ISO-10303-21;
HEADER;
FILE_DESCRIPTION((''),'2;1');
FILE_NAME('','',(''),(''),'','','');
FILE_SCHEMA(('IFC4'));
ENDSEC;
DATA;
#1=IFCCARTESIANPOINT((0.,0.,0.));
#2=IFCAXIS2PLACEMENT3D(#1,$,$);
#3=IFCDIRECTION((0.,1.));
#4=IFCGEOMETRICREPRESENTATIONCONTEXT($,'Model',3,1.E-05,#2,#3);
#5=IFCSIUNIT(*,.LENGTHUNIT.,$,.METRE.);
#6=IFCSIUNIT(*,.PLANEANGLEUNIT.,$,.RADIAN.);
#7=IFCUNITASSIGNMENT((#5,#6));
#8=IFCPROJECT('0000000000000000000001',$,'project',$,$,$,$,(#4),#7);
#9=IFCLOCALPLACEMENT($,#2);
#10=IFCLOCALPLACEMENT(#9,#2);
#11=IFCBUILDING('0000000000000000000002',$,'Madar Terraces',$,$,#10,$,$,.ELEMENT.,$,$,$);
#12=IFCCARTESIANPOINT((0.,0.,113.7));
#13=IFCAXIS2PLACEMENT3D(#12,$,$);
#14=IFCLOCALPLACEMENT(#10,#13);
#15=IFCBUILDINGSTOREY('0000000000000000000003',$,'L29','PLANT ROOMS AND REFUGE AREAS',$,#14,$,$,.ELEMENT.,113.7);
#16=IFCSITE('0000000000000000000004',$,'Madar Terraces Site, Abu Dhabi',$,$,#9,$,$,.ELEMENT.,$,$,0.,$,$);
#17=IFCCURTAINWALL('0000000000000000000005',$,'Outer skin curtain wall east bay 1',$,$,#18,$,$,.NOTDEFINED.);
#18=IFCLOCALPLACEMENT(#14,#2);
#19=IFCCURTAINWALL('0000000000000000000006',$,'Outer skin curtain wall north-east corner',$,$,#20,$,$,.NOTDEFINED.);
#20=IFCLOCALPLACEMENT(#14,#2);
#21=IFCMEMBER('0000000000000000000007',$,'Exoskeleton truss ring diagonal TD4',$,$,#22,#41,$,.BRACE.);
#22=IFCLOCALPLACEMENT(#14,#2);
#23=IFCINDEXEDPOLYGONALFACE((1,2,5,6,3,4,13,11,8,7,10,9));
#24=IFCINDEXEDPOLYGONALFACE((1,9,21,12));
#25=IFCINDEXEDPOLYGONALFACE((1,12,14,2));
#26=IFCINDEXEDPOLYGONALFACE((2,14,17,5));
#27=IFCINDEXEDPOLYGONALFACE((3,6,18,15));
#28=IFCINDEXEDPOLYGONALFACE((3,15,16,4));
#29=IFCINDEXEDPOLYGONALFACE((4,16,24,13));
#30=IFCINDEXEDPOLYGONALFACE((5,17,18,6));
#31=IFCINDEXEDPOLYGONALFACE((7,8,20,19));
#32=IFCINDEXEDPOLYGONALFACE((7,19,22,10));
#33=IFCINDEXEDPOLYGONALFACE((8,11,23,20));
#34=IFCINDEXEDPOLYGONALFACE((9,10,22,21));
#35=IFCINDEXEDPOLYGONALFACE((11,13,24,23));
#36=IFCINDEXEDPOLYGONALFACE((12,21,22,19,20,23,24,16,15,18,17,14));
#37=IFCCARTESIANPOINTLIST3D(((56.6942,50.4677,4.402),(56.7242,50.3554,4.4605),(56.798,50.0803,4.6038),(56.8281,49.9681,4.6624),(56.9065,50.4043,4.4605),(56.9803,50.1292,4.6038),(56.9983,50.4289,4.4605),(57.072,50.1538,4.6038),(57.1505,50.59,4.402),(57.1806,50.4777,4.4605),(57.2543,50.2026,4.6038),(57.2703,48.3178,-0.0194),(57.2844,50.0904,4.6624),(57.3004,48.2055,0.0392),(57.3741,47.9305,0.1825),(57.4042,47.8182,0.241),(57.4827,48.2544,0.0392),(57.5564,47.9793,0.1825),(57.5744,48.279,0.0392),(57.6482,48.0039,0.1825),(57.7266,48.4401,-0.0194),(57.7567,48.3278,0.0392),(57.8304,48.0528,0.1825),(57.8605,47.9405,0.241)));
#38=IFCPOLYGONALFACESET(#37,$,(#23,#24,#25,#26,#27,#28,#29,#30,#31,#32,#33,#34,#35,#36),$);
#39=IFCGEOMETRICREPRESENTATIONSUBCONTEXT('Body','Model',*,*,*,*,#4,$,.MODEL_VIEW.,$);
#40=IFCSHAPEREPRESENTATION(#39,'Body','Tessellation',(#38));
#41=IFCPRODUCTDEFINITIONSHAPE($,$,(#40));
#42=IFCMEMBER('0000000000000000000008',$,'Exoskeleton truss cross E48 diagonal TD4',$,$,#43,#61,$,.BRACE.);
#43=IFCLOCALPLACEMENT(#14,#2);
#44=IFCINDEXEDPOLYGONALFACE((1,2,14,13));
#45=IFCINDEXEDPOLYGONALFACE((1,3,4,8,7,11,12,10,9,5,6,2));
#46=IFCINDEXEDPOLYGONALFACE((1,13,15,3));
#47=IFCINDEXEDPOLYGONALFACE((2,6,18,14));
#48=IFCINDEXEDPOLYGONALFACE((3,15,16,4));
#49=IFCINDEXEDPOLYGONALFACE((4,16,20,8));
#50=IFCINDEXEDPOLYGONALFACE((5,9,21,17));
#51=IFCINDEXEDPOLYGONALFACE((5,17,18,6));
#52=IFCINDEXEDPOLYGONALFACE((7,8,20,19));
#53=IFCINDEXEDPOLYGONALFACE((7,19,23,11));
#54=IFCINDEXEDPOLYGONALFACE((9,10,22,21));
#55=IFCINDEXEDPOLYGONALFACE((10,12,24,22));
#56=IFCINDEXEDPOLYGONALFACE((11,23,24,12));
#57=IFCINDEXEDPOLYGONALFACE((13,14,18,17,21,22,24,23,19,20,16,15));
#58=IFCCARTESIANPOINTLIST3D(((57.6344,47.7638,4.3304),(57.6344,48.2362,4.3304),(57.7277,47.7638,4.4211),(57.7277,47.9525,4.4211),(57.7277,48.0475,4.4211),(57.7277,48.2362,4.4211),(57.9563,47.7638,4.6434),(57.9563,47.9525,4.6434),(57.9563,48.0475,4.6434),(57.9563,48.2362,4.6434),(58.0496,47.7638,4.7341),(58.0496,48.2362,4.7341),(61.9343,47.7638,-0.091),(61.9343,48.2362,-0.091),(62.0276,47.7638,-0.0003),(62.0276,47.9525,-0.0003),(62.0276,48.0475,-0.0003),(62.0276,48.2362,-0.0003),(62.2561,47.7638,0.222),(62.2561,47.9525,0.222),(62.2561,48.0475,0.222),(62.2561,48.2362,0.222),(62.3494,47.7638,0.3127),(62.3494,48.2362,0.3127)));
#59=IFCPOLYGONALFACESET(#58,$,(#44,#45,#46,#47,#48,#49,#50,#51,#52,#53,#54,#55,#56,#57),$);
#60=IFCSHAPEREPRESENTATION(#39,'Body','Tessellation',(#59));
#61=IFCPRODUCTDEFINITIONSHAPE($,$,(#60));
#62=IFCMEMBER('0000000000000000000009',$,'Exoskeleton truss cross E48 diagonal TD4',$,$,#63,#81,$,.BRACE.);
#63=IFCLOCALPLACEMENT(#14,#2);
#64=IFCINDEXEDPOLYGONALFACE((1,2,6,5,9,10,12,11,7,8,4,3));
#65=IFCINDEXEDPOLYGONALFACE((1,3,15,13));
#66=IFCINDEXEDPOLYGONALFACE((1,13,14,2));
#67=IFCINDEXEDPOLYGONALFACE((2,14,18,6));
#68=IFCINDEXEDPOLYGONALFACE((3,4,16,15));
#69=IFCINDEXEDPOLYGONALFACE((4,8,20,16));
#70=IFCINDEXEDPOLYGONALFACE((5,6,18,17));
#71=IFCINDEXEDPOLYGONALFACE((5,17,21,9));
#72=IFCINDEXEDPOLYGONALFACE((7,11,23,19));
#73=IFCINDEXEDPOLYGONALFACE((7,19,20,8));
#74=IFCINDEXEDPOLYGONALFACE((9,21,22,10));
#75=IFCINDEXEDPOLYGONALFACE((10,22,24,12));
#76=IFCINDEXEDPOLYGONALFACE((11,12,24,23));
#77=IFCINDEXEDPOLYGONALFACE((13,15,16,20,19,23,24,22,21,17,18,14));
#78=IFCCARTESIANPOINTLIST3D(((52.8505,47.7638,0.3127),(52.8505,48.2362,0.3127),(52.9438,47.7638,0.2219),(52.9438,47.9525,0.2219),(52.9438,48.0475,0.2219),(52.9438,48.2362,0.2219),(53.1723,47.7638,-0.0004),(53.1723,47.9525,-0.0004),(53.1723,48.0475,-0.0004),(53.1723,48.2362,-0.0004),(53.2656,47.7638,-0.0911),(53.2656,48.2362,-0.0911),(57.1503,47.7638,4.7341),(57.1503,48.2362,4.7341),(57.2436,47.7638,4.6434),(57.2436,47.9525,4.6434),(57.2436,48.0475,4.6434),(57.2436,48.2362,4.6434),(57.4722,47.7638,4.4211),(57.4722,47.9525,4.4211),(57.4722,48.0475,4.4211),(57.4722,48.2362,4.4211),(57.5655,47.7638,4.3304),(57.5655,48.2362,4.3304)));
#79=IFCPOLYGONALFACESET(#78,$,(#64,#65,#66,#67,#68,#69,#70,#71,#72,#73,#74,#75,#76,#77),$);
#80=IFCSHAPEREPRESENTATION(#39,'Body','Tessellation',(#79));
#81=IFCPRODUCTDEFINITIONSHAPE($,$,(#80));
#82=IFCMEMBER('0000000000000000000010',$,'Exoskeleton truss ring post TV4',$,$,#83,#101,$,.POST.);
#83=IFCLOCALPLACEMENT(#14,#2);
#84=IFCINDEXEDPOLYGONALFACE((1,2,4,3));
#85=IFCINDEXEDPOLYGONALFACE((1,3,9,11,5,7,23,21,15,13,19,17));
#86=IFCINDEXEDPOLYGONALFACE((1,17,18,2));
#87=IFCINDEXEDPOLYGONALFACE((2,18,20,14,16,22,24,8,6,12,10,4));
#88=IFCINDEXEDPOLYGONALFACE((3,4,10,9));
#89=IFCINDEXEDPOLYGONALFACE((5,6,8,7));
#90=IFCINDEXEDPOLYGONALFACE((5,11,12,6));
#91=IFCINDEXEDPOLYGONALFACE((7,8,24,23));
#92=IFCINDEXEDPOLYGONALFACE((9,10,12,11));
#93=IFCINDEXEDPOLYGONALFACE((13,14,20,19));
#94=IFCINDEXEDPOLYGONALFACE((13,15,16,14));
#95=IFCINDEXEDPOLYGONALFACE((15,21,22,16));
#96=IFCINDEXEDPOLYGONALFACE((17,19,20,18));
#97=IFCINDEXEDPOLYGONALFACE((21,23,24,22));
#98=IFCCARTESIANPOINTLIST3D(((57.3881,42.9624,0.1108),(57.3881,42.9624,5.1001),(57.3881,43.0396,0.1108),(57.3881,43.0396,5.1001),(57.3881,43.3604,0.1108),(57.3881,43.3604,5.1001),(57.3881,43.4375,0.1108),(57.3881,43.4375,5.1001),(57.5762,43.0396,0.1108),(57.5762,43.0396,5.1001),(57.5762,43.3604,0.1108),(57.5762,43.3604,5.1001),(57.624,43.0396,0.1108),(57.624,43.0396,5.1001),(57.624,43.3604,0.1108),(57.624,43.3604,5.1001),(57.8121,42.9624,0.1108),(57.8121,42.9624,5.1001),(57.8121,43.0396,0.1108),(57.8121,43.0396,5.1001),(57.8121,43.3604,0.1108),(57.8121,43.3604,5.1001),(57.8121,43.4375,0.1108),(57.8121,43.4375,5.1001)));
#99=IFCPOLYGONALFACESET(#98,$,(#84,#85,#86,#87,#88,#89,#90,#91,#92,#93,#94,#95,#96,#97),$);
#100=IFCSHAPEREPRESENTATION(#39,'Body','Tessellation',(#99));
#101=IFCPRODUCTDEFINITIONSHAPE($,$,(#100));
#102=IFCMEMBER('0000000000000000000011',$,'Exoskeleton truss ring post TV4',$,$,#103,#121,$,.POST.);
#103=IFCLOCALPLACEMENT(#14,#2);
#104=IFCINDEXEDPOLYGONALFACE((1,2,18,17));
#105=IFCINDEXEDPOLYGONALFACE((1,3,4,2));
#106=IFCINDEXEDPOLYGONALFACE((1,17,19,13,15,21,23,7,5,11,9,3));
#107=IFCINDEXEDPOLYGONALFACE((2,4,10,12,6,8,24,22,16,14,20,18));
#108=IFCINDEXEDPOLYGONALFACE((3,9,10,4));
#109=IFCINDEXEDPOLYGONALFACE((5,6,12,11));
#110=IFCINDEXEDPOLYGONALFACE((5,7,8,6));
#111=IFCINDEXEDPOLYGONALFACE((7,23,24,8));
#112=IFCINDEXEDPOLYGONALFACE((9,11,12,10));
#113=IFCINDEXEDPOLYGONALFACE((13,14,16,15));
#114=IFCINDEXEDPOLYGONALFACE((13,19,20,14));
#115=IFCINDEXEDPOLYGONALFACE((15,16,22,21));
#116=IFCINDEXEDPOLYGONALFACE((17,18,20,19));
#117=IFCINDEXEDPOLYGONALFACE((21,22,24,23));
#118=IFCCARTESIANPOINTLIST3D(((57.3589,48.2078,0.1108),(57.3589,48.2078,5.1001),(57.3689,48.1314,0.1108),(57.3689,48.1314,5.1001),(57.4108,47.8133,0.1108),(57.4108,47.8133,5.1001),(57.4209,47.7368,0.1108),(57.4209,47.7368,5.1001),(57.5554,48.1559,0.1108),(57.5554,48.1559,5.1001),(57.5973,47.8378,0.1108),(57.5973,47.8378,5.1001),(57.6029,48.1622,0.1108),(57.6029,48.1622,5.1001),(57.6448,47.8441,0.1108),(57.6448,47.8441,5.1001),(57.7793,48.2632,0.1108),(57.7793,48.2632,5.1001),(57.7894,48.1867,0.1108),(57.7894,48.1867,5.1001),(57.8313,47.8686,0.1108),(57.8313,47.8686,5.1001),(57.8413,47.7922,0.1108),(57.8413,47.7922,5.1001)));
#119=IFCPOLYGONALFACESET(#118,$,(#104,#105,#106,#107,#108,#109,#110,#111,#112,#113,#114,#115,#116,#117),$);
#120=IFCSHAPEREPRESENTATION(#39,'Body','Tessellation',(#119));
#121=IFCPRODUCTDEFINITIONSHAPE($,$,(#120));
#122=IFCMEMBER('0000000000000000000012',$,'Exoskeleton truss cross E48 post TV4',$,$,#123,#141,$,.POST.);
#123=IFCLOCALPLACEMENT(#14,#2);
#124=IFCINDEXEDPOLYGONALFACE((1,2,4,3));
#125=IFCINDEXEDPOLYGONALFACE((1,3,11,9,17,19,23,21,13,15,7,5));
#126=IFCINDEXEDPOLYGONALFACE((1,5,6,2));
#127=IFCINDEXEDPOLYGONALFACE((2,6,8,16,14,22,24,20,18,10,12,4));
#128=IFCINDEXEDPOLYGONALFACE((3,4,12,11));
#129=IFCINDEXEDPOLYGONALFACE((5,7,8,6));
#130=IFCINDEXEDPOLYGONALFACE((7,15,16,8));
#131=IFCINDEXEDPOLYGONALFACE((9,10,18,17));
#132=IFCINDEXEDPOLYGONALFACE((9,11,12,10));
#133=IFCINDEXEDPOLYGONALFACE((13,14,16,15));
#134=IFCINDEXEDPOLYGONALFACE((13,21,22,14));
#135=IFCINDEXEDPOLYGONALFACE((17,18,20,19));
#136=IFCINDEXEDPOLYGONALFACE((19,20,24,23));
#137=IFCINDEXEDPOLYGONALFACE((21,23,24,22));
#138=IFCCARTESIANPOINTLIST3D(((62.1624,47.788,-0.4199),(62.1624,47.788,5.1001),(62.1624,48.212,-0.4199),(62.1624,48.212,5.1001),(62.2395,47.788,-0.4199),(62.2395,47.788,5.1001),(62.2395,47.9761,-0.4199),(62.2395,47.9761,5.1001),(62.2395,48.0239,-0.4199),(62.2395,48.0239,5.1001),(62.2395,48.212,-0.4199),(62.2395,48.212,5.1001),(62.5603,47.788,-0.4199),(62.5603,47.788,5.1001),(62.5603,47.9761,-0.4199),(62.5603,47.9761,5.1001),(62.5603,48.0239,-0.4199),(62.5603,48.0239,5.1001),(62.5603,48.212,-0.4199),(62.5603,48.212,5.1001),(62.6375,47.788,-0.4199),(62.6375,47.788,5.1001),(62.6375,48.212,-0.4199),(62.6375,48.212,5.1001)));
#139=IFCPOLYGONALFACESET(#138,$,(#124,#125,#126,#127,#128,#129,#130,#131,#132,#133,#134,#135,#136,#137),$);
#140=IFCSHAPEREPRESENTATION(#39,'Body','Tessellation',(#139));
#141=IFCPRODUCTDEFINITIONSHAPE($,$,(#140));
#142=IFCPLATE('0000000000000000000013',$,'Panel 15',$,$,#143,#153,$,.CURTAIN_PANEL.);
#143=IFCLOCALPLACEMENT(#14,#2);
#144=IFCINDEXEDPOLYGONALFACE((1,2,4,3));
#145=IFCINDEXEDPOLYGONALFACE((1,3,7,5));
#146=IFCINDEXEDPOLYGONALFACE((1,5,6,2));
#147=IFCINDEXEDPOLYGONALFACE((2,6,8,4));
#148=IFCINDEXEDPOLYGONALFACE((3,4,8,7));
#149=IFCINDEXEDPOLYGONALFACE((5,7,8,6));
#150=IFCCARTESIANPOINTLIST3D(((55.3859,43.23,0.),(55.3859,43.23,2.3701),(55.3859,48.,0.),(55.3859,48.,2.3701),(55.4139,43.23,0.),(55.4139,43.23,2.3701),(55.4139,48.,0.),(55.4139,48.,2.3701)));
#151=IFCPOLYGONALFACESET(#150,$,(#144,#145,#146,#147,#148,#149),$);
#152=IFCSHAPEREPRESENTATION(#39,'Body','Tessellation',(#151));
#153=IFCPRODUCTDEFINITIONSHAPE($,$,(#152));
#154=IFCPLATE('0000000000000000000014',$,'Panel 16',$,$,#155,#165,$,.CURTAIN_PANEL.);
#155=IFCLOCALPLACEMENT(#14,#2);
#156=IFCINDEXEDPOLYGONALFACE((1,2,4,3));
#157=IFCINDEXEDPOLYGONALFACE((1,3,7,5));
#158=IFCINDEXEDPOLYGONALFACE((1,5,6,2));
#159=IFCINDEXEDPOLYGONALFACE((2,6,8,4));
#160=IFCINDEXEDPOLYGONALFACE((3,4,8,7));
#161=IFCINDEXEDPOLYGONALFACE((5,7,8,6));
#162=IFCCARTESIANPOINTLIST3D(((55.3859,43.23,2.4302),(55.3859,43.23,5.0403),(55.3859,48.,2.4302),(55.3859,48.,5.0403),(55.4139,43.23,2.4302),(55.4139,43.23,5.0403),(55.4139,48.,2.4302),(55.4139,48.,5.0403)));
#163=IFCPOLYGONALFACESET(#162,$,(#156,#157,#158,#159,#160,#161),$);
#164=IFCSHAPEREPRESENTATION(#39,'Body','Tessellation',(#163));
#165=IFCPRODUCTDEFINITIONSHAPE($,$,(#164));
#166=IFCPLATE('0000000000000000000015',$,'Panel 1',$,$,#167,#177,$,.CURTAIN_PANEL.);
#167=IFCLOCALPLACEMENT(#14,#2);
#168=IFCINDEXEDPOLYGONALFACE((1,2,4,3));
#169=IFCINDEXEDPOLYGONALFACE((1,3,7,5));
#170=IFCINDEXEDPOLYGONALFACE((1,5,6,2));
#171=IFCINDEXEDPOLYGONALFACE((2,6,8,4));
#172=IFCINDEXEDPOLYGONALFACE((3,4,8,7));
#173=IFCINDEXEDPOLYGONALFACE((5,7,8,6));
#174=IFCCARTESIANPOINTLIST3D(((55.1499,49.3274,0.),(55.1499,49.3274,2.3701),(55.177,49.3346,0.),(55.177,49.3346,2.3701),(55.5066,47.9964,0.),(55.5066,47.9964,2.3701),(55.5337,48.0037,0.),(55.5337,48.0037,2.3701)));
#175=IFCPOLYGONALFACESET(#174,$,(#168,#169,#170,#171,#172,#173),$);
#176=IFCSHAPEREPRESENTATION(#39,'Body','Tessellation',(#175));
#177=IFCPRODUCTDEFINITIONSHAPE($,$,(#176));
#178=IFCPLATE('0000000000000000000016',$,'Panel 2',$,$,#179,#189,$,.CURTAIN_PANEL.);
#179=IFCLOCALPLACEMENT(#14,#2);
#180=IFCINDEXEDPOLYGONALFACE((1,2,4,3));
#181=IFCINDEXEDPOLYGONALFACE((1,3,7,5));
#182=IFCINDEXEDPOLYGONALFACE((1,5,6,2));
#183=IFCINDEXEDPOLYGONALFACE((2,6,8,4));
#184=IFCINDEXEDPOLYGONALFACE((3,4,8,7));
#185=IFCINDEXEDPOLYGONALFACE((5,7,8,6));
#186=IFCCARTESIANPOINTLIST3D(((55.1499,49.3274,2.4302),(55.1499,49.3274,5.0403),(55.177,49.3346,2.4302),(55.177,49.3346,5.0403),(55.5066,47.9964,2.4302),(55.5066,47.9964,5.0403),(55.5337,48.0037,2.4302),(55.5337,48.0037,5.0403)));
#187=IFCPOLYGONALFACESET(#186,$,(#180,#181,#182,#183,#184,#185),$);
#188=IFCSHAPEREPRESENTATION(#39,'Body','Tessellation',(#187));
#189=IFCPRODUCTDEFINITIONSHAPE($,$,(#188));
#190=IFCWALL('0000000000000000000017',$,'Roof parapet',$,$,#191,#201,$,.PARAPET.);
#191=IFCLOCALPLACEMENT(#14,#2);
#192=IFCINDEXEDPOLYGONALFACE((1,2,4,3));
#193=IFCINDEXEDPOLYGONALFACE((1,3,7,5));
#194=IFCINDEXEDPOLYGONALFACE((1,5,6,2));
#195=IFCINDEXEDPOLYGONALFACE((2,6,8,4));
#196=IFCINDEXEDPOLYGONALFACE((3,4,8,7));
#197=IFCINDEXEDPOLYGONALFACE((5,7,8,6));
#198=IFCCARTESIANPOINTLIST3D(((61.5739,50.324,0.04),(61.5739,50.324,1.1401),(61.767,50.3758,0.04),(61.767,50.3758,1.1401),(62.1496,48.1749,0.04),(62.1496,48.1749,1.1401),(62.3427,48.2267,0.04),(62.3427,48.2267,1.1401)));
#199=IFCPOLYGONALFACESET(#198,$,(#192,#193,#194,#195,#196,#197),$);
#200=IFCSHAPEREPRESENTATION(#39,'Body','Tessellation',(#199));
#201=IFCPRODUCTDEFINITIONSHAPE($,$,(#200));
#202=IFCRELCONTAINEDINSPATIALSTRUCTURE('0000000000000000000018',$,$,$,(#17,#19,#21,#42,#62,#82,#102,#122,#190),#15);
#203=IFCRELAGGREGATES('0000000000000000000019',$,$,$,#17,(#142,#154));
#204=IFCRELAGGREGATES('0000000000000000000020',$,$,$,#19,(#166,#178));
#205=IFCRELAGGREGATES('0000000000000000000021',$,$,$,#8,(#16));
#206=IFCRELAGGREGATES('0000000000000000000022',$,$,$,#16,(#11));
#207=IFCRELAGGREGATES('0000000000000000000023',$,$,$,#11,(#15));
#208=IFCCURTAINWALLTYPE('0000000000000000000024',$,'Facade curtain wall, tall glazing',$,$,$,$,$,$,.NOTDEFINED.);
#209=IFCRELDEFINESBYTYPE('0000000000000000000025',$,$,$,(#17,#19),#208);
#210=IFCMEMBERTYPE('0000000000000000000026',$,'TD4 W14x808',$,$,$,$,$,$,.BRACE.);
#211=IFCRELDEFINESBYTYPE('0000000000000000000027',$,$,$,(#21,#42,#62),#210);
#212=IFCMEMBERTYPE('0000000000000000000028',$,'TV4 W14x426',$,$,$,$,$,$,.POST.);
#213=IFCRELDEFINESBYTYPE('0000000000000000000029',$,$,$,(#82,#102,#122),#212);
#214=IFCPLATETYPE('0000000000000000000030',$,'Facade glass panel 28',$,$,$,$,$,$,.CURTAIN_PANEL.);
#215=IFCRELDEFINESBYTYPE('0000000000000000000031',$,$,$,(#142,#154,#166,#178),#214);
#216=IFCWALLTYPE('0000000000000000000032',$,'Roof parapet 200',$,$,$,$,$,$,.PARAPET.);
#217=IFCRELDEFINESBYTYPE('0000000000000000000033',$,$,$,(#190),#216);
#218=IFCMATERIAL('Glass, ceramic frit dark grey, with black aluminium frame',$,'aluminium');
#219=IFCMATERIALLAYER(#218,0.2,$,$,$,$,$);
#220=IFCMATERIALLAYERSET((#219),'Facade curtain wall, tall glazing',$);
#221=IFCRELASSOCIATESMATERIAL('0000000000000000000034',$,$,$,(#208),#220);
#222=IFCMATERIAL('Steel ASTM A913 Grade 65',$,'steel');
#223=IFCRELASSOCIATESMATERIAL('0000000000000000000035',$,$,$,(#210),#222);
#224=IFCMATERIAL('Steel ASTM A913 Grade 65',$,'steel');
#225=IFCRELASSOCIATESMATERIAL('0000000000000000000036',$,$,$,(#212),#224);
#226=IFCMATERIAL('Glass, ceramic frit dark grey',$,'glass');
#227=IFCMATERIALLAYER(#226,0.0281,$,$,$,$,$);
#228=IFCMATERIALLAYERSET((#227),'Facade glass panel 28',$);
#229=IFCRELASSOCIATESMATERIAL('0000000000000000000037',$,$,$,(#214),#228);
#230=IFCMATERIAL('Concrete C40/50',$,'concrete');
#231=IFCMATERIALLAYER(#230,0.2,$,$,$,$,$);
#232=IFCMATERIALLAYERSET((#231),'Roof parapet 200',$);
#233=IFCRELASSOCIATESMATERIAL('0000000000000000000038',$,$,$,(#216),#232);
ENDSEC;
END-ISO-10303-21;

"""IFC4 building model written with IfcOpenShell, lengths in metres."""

from ifc_helpers import new_model, si_unit, direction, frame, frame_2d, origin, origin_2d, place, context, subcontext, project, spatial, rectangle, i_section, extrude, material, layer, layer_set, material_profile, profile_set, type_object, element, aggregate, save


model = new_model("IFC4")

# Units and contexts
model_context = context("Model", 3, precision=1e-05, world=origin(), true_north=direction((0.0, 1.0)))
body_context = subcontext(model_context, "Body", "Model", "MODEL_VIEW")
ifc_project = project(units=[si_unit("LENGTHUNIT", "METRE"), si_unit("PLANEANGLEUNIT", "RADIAN")], contexts=[model_context])

# Site, building, storey
site_placement = place(None, origin())
site = spatial("IfcSite", under=ifc_project, at=site_placement, Name="Madar Terraces Site, Abu Dhabi", CompositionType="ELEMENT", RefElevation=0.0)
building_placement = place(site_placement, origin())
building = spatial("IfcBuilding", under=site, at=building_placement, Name="Madar Terraces", CompositionType="ELEMENT")
storey_placement = place(building_placement, frame((0.0, 0.0, 113.7)))
storey = spatial("IfcBuildingStorey", under=building, at=storey_placement, Name="L29", Description="PLANT ROOMS AND REFUGE AREAS", CompositionType="ELEMENT", Elevation=113.7)

# Curtain wall
ifc_material_1 = material(Name="Glass, ceramic frit dark grey, with black aluminium frame", Category="aluminium")
ifc_layer_1 = layer(ifc_material_1, 0.2)
ifc_layer_set_1 = layer_set([ifc_layer_1], Name="Facade curtain wall, tall glazing")
curtain_wall_type = type_object("IfcCurtainWallType", Name="Facade curtain wall, tall glazing", PredefinedType="NOTDEFINED", material=ifc_layer_set_1)
curtain_wall_1_placement = place(storey_placement, origin())
curtain_wall_1 = element("IfcCurtainWall", 1, at=curtain_wall_1_placement, inside=storey, type_object=curtain_wall_type, Name="Outer skin curtain wall east bay 1", PredefinedType="NOTDEFINED")

# Curtain wall
curtain_wall_2_placement = place(storey_placement, origin())
curtain_wall_2 = element("IfcCurtainWall", 2, at=curtain_wall_2_placement, inside=storey, type_object=curtain_wall_type, Name="Outer skin curtain wall north-east corner", PredefinedType="NOTDEFINED")

# Members
ifc_material_2 = material(Name="Steel ASTM A913 Grade 65", Category="steel")
ifc_material_profile_1 = material_profile(ifc_material_2, i_section(OverallWidth=0.4724, OverallDepth=0.5791, WebThickness=0.095, FlangeThickness=0.1301, at=origin_2d()), Name="W14x808")
ifc_profile_set_1 = profile_set([ifc_material_profile_1], Name="Steel ASTM A913 Grade 65")
member_type_1 = type_object("IfcMemberType", Name="TD4 W14x808", PredefinedType="BRACE", material=ifc_profile_set_1)
member_1_placement = place(storey_placement, frame((57.5654, 48.1292, 0.1108), z_axis=(-0.116398, 0.434322, 0.893206), x_axis=(-0.965914, -0.258864, 0.0)))
element("IfcMember", 3, at=member_1_placement, inside=storey, type_object=member_type_1, Name="Exoskeleton truss ring diagonal TD4", PredefinedType="BRACE", context=body_context, shape_type="SweptSolid", body=[
    extrude(i_section(OverallWidth=0.4724, OverallDepth=0.5791, WebThickness=0.095, FlangeThickness=0.1301, at=origin_2d()), origin(), (0.0, 0.0, 1.0), 4.95),
])
for number, where, z_axis, x_axis, name in (
    (4, (62.1418, 48.0, 0.1108), (-0.697181, 0.0, 0.716895), (0.0, -1.0, 0.0), "Exoskeleton truss cross E48 diagonal TD4"),
    (5, (57.3579, 48.0, 4.5322), (-0.697181, 0.0, -0.716895), (0.0, -1.0, 0.0), "Exoskeleton truss cross E48 diagonal TD4"),
):
    element("IfcMember", number, at=place(storey_placement, frame(where, z_axis=z_axis, x_axis=x_axis)), inside=storey, type_object=member_type_1, Name=name, PredefinedType="BRACE", context=body_context, shape_type="SweptSolid", body=[
        extrude(i_section(OverallWidth=0.4724, OverallDepth=0.5791, WebThickness=0.095, FlangeThickness=0.1301, at=origin_2d()), origin(), (0.0, 0.0, 1.0), 6.1675),
    ])
ifc_material_3 = material(Name="Steel ASTM A913 Grade 65", Category="steel")
ifc_material_profile_2 = material_profile(ifc_material_3, i_section(OverallWidth=0.4241, OverallDepth=0.4751, WebThickness=0.0479, FlangeThickness=0.0771, at=origin_2d()), Name="W14x426")
ifc_profile_set_2 = profile_set([ifc_material_profile_2], Name="Steel ASTM A913 Grade 65")
member_type_2 = type_object("IfcMemberType", Name="TV4 W14x426", PredefinedType="POST", material=ifc_profile_set_2)
for number, where, z_axis, x_axis, name in (
    (6, (57.6001, 43.2, 0.1108), (0.0, 0.0, 1.0), (-1.0, 0.0, 0.0), "Exoskeleton truss ring post TV4"),
    (7, (57.6001, 48.0, 0.1108), (0.0, 0.0, 1.0), (-0.991445, -0.130526, 0.0), "Exoskeleton truss ring post TV4"),
):
    element("IfcMember", number, at=place(storey_placement, frame(where, z_axis=z_axis, x_axis=x_axis)), inside=storey, type_object=member_type_2, Name=name, PredefinedType="POST", context=body_context, shape_type="SweptSolid", body=[
        extrude(i_section(OverallWidth=0.4241, OverallDepth=0.4751, WebThickness=0.0479, FlangeThickness=0.0771, at=origin_2d()), origin(), (0.0, 0.0, 1.0), 4.9893),
    ])
member_2_placement = place(storey_placement, frame((62.3999, 48.0, -0.4199), z_axis=(0.0, 0.0, 1.0), x_axis=(0.0, 1.0, 0.0)))
element("IfcMember", 8, at=member_2_placement, inside=storey, type_object=member_type_2, Name="Exoskeleton truss cross E48 post TV4", PredefinedType="POST", context=body_context, shape_type="SweptSolid", body=[
    extrude(i_section(OverallWidth=0.4241, OverallDepth=0.4751, WebThickness=0.0479, FlangeThickness=0.0771, at=origin_2d()), origin(), (0.0, 0.0, 1.0), 5.52),
])

# Plates
ifc_material_4 = material(Name="Glass, ceramic frit dark grey", Category="glass")
ifc_layer_2 = layer(ifc_material_4, 0.0281)
ifc_layer_set_2 = layer_set([ifc_layer_2], Name="Facade glass panel 28")
plate_type = type_object("IfcPlateType", Name="Facade glass panel 28", PredefinedType="CURTAIN_PANEL", material=ifc_layer_set_2)
plate_1_placement = place(storey_placement, frame((55.3999, 45.615, 0.0), z_axis=(0.0, 0.0, 1.0), x_axis=(0.0, 1.0, 0.0)))
plate_1 = element("IfcPlate", 9, at=plate_1_placement, type_object=plate_type, Name="Panel 15", PredefinedType="CURTAIN_PANEL", context=body_context, shape_type="SweptSolid", body=[
    extrude(rectangle(XDim=4.77, YDim=0.0281, at=origin_2d()), origin(), (0.0, 0.0, 1.0), 2.3701),
])
plate_2_placement = place(storey_placement, frame((55.3999, 45.615, 2.4302), z_axis=(0.0, 0.0, 1.0), x_axis=(0.0, 1.0, 0.0)))
plate_2 = element("IfcPlate", 10, at=plate_2_placement, type_object=plate_type, Name="Panel 16", PredefinedType="CURTAIN_PANEL", context=body_context, shape_type="SweptSolid", body=[
    extrude(rectangle(XDim=4.77, YDim=0.0281, at=origin_2d()), origin(), (0.0, 0.0, 1.0), 2.6101),
])
aggregate(curtain_wall_1, [plate_1, plate_2])
plate_3_placement = place(storey_placement, frame((55.3418, 48.6655, 0.0), z_axis=(0.0, 0.0, 1.0), x_axis=(-0.258819, 0.965926, 0.0)))
plate_3 = element("IfcPlate", 11, at=plate_3_placement, type_object=plate_type, Name="Panel 1", PredefinedType="CURTAIN_PANEL", context=body_context, shape_type="SweptSolid", body=[
    extrude(rectangle(XDim=1.3779, YDim=0.0281, at=origin_2d()), origin(), (0.0, 0.0, 1.0), 2.3701),
])
plate_4_placement = place(storey_placement, frame((55.3418, 48.6655, 2.4302), z_axis=(0.0, 0.0, 1.0), x_axis=(-0.258819, 0.965926, 0.0)))
plate_4 = element("IfcPlate", 12, at=plate_4_placement, type_object=plate_type, Name="Panel 2", PredefinedType="CURTAIN_PANEL", context=body_context, shape_type="SweptSolid", body=[
    extrude(rectangle(XDim=1.3779, YDim=0.0281, at=origin_2d()), origin(), (0.0, 0.0, 1.0), 2.6101),
])
aggregate(curtain_wall_2, [plate_3, plate_4])

# Wall
ifc_material_5 = material(Name="Concrete C40/50", Category="concrete")
ifc_layer_3 = layer(ifc_material_5, 0.2)
ifc_layer_set_3 = layer_set([ifc_layer_3], Name="Roof parapet 200")
wall_type = type_object("IfcWallType", Name="Roof parapet 200", PredefinedType="PARAPET", material=ifc_layer_set_3)
wall_placement = place(storey_placement, frame((62.2461, 48.2009, 0.04), z_axis=(0.0, 0.0, 1.0), x_axis=(-0.258742, 0.965947, 0.0)))
element("IfcWall", 13, at=wall_placement, inside=storey, type_object=wall_type, Name="Roof parapet", PredefinedType="PARAPET", context=body_context, shape_type="SweptSolid", body=[
    extrude(rectangle(XDim=2.2249, YDim=0.2, at=frame_2d((1.1123, 0.0))), origin(), (0.0, 0.0, 1.0), 1.1001),
])

save(model, "model.ifc")
